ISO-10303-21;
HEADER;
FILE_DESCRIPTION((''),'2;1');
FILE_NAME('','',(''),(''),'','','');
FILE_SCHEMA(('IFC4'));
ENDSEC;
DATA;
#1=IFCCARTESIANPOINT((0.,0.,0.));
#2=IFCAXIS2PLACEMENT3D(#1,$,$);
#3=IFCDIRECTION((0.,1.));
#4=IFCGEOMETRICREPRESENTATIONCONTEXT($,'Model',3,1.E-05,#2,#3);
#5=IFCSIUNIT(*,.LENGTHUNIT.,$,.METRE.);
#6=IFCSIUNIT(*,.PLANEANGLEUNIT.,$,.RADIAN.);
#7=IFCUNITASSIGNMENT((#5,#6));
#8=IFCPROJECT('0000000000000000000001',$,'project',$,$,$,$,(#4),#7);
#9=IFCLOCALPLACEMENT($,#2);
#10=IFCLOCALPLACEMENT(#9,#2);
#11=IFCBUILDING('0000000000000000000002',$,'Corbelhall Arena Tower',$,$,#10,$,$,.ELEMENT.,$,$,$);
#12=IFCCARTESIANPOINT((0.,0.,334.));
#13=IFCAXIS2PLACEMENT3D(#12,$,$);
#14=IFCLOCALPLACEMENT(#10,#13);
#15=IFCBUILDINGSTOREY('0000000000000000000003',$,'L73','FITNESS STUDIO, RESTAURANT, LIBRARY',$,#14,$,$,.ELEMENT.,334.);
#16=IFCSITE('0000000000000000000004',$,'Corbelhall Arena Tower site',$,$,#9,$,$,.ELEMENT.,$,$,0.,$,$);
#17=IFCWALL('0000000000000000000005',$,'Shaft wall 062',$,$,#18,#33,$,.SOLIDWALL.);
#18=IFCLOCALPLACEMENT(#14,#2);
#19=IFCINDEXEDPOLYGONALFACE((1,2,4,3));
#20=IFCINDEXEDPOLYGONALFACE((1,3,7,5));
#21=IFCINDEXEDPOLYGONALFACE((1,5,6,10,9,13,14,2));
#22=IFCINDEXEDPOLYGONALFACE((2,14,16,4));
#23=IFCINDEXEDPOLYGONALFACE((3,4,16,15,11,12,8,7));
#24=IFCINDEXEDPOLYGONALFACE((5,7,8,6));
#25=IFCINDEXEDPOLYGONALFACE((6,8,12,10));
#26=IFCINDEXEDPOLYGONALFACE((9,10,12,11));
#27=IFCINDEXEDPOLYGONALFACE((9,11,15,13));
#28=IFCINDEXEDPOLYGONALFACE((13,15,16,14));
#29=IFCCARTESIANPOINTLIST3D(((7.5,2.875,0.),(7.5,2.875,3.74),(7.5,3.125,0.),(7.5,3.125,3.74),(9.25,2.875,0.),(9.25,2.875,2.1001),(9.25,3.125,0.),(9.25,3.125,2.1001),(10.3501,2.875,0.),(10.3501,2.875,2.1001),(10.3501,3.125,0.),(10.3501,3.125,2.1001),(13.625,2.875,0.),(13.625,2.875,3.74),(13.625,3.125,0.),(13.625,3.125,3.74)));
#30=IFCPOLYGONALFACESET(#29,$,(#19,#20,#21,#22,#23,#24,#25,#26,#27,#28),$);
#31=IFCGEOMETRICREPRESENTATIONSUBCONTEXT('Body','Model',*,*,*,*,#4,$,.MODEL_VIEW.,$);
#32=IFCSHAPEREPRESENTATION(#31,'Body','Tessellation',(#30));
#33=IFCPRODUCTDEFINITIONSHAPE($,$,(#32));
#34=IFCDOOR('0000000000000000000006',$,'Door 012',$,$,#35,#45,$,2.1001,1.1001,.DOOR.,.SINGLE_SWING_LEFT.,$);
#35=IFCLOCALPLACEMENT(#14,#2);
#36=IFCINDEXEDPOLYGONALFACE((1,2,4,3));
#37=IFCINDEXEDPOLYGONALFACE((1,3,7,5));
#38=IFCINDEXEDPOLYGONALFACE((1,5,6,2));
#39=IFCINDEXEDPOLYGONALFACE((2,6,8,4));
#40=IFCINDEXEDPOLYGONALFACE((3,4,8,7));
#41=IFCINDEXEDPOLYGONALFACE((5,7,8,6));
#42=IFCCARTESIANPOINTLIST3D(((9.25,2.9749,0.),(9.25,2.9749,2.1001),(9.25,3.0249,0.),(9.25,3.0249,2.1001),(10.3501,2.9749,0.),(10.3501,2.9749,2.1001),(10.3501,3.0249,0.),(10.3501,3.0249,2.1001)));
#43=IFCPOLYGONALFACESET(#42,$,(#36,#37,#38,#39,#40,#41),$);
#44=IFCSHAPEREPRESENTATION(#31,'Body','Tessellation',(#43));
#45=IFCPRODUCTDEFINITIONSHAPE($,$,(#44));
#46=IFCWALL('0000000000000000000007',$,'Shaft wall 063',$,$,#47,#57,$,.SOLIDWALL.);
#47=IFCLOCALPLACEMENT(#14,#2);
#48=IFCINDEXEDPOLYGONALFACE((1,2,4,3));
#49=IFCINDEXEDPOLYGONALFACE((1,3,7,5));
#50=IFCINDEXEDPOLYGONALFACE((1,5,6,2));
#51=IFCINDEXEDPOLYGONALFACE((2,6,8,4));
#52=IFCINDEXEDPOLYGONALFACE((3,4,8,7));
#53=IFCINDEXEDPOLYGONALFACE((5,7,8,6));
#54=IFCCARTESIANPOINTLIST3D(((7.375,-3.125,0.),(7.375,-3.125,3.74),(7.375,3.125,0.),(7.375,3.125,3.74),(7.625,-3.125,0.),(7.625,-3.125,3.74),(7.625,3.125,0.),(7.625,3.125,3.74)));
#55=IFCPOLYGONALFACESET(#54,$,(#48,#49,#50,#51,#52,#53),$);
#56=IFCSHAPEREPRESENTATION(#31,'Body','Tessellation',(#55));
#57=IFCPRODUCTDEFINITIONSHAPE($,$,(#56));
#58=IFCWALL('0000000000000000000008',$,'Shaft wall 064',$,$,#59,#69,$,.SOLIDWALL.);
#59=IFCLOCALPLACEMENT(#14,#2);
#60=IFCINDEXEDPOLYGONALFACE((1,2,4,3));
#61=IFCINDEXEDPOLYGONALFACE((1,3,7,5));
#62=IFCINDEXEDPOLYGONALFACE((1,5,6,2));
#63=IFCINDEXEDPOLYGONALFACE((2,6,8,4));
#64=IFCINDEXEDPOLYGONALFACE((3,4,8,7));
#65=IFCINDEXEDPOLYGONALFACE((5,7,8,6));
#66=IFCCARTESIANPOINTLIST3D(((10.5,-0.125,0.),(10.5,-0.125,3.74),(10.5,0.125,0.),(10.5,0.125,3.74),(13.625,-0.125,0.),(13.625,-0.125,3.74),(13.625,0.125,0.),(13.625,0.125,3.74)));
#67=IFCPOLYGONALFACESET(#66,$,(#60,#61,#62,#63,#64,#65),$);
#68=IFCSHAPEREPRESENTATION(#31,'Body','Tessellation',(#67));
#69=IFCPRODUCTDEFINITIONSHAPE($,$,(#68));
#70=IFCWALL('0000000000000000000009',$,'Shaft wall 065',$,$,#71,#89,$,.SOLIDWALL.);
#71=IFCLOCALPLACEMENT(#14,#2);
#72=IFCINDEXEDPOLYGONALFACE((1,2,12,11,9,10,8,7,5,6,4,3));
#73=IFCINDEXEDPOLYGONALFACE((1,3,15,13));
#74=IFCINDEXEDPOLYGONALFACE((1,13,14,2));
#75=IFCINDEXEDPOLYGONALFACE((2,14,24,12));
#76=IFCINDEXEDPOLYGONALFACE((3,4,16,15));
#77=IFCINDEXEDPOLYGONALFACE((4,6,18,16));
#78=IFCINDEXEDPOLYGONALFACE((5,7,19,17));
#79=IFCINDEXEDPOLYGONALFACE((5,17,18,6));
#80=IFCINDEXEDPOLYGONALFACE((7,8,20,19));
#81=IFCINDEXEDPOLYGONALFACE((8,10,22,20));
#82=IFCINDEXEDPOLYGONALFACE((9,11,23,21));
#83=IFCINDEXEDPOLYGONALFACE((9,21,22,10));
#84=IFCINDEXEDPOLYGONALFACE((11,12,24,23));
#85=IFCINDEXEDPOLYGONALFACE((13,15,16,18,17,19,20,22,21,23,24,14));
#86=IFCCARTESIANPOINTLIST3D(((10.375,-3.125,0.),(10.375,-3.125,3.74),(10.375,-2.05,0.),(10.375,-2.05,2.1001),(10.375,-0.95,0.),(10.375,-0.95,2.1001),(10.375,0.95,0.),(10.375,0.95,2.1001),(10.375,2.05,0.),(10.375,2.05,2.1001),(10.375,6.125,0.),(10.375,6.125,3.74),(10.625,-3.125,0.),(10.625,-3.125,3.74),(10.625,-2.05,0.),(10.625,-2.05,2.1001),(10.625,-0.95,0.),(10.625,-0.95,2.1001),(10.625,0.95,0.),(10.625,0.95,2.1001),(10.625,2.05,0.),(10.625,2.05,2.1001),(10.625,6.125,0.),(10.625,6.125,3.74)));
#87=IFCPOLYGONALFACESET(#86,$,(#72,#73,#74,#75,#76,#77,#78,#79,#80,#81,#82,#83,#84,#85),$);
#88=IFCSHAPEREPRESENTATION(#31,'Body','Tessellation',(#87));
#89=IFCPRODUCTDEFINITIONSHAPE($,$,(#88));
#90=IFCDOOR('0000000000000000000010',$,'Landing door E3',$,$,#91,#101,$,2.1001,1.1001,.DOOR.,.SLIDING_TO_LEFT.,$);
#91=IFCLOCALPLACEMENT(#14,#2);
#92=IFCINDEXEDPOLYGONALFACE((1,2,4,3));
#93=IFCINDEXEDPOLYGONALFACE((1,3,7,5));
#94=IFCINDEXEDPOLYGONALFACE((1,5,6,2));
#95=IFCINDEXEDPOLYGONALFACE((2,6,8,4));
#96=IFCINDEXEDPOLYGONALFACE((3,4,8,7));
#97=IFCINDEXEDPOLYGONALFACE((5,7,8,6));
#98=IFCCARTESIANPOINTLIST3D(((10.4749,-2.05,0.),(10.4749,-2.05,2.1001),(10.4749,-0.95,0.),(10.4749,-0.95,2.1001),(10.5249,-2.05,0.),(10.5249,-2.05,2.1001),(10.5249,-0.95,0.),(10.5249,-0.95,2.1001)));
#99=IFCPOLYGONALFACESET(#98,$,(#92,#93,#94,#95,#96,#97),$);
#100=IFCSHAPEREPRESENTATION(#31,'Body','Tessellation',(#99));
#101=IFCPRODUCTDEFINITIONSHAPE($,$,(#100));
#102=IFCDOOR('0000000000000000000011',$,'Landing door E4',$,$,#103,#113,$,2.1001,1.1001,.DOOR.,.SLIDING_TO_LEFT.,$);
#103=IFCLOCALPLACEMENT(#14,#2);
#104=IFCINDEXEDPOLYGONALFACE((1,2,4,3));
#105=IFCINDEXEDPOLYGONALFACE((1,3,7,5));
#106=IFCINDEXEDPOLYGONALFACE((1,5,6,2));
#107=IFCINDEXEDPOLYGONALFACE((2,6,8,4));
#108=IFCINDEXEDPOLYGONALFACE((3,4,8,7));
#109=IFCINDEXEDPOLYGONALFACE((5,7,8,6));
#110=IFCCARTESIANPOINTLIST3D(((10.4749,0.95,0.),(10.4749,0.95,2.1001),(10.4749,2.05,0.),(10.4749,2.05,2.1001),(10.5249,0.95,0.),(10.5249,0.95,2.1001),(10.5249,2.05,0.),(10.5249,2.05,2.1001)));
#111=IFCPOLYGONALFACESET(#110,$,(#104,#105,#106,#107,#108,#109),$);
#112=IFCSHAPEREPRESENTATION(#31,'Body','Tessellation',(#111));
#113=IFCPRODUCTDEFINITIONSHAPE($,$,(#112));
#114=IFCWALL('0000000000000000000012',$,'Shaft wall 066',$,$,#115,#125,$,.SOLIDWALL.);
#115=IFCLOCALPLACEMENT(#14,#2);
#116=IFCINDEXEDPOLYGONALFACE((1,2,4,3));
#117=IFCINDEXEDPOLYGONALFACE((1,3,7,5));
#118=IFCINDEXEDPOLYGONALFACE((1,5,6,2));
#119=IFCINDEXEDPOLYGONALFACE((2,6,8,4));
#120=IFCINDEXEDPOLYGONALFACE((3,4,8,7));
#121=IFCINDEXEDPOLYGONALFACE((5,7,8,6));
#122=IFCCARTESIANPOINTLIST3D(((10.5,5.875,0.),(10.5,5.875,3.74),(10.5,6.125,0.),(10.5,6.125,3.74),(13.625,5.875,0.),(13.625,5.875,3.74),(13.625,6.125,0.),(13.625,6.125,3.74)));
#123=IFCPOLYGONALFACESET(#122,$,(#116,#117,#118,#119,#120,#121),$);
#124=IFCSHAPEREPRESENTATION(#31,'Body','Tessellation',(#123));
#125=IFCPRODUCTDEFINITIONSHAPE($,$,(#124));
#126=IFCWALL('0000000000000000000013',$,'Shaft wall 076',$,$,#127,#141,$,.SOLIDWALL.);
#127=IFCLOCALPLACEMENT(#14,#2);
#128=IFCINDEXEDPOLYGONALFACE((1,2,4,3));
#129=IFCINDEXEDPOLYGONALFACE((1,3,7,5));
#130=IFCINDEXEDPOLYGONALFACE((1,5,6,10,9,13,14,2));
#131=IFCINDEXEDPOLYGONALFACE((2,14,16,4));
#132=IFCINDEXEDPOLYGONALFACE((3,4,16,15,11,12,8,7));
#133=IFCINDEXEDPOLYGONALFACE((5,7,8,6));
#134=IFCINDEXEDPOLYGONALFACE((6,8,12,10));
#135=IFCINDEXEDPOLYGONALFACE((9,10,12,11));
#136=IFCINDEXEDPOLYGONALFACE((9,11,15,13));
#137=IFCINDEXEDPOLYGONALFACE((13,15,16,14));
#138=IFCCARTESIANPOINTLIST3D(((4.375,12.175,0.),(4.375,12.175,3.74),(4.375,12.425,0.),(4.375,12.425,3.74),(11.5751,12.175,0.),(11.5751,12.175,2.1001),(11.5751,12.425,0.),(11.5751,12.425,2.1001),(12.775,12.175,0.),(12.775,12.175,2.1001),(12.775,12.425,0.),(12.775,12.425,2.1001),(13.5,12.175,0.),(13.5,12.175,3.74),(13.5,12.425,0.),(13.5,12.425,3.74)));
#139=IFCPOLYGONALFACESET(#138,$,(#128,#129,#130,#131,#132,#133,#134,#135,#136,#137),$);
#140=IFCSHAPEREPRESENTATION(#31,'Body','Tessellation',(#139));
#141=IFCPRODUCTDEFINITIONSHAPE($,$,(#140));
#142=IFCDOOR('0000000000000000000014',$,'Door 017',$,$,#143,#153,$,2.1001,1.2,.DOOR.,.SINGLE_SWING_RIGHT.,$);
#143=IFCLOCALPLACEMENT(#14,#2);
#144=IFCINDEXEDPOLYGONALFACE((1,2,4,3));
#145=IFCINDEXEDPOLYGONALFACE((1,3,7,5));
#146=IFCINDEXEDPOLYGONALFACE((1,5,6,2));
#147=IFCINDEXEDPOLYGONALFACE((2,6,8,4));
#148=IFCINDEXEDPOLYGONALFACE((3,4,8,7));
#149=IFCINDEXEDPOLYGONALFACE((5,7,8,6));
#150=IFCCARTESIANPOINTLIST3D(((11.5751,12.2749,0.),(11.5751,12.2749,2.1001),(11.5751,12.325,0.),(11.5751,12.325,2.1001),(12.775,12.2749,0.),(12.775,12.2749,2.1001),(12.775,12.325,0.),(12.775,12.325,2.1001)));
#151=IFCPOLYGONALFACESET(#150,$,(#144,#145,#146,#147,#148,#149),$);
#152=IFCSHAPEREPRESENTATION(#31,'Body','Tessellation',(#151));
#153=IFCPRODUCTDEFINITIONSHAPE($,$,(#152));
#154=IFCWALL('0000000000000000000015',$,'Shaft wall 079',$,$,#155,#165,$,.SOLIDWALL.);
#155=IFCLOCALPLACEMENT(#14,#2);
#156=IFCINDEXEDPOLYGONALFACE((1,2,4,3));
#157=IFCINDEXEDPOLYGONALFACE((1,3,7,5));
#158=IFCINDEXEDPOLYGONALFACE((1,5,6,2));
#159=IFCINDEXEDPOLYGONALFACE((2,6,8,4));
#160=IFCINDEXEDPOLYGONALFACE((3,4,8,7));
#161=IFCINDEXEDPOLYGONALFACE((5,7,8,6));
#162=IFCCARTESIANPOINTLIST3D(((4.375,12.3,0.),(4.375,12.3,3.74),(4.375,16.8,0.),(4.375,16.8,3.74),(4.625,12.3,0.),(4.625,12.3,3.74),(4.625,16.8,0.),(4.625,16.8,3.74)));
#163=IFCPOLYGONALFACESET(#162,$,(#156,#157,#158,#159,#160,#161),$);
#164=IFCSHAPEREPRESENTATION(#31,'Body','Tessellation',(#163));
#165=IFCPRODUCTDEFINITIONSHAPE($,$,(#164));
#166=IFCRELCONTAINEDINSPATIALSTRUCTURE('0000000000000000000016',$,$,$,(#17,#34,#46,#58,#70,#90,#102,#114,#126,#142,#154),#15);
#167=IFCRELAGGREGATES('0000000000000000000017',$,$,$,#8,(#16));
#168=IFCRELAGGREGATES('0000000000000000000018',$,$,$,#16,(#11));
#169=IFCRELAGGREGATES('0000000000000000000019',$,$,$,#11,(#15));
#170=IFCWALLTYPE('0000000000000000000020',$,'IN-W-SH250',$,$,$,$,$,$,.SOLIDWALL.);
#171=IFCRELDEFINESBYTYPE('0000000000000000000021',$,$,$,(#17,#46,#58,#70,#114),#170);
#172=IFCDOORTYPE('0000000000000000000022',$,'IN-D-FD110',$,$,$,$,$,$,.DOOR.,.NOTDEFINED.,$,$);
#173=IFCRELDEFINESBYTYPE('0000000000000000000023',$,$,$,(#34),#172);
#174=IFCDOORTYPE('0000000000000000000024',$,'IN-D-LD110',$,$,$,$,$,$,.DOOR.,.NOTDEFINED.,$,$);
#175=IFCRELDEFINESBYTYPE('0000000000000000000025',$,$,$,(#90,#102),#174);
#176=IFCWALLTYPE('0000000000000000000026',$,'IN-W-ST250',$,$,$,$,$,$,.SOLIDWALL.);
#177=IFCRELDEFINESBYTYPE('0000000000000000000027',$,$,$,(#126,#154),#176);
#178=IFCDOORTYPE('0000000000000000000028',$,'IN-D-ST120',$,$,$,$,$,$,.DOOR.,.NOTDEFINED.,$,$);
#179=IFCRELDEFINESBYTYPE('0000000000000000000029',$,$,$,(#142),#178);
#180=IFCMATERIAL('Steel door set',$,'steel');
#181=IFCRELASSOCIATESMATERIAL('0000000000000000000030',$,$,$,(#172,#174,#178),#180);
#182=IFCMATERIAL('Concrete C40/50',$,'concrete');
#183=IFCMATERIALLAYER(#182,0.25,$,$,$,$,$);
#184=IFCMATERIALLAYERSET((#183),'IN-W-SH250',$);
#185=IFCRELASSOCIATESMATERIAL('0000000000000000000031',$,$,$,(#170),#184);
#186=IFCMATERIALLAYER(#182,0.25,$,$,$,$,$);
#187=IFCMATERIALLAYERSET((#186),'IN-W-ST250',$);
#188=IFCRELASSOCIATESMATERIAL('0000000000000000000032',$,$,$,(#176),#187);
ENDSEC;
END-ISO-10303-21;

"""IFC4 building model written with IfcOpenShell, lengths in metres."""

from ifc_helpers import new_model, si_unit, direction, frame, frame_2d, origin, place, context, subcontext, project, spatial, rectangle, extrude, material, layer, layer_set, type_object, element, fill, save


model = new_model("IFC4")

# Units and contexts
model_context = context("Model", 3, precision=1e-05, world=origin(), true_north=direction((0.0, 1.0)))
body_context = subcontext(model_context, "Body", "Model", "MODEL_VIEW")
ifc_project = project(units=[si_unit("LENGTHUNIT", "METRE"), si_unit("PLANEANGLEUNIT", "RADIAN")], contexts=[model_context])

# Site, building, storey
site_placement = place(None, origin())
site = spatial("IfcSite", under=ifc_project, at=site_placement, Name="Corbelhall Arena Tower site", CompositionType="ELEMENT", RefElevation=0.0)
building_placement = place(site_placement, origin())
building = spatial("IfcBuilding", under=site, at=building_placement, Name="Corbelhall Arena Tower", CompositionType="ELEMENT")
storey_placement = place(building_placement, frame((0.0, 0.0, 334.0)))
storey = spatial("IfcBuildingStorey", under=building, at=storey_placement, Name="L73", Description="FITNESS STUDIO, RESTAURANT, LIBRARY", CompositionType="ELEMENT", Elevation=334.0)

# Shared definitions
ifc_material_1 = material(Name="Concrete C40/50", Category="concrete")

# Shared definitions
ifc_material_2 = material(Name="Steel door set", Category="steel")
door_type_1 = type_object("IfcDoorType", Name="IN-D-FD110", OperationType="NOTDEFINED", PredefinedType="DOOR", material=ifc_material_2)

# Wall, opening, door
ifc_layer_1 = layer(ifc_material_1, 0.25)
ifc_layer_set_1 = layer_set([ifc_layer_1], Name="IN-W-SH250")
wall_type_1 = type_object("IfcWallType", Name="IN-W-SH250", PredefinedType="SOLIDWALL", material=ifc_layer_set_1)
wall_1_placement = place(storey_placement, frame((7.5, 3.0, 0.0), z_axis=(0.0, 0.0, 1.0), x_axis=(1.0, 0.0, 0.0)))
wall_1 = element("IfcWall", 1, at=wall_1_placement, inside=storey, type_object=wall_type_1, Name="Shaft wall 062", PredefinedType="SOLIDWALL", context=body_context, shape_type="SweptSolid", body=[
    extrude(rectangle(XDim=6.125, YDim=0.25, at=frame_2d((3.0625, 0.0))), origin(), (0.0, 0.0, 1.0), 3.74),
])
opening_1_placement = place(wall_1_placement, frame((1.75, 0.0, 0.0)))
opening_1 = element("IfcOpeningElement", 2, at=opening_1_placement, cuts=wall_1, PredefinedType="OPENING", context=body_context, shape_type="SweptSolid", body=[
    extrude(rectangle(XDim=1.1001, YDim=2.1001, at=frame_2d((0.55, 1.05))), frame((0.0, 0.125, 0.0), z_axis=(0.0, -1.0, 0.0), x_axis=(1.0, 0.0, 0.0)), (0.0, 0.0, 1.0), 0.25),
])
door_1_placement = place(opening_1_placement, origin())
door_1 = element("IfcDoor", 3, at=door_1_placement, inside=storey, type_object=door_type_1, Name="Door 012", OperationType="SINGLE_SWING_LEFT", OverallHeight=2.1001, OverallWidth=1.1001, PredefinedType="DOOR", context=body_context, shape_type="SweptSolid", body=[
    extrude(rectangle(XDim=1.1001, YDim=2.1001, at=frame_2d((0.55, 1.05))), frame((0.0, 0.0249, 0.0), z_axis=(0.0, -1.0, 0.0), x_axis=(1.0, 0.0, 0.0)), (0.0, 0.0, 1.0), 0.05),
])
fill(opening_1, door_1)

# Walls
wall_2_placement = place(storey_placement, frame((7.5, 3.125, 0.0), z_axis=(0.0, 0.0, 1.0), x_axis=(0.0, -1.0, 0.0)))
element("IfcWall", 4, at=wall_2_placement, inside=storey, type_object=wall_type_1, Name="Shaft wall 063", PredefinedType="SOLIDWALL", context=body_context, shape_type="SweptSolid", body=[
    extrude(rectangle(XDim=6.25, YDim=0.25, at=frame_2d((3.125, 0.0))), origin(), (0.0, 0.0, 1.0), 3.74),
])
wall_3_placement = place(storey_placement, frame((10.5, 0.0, 0.0), z_axis=(0.0, 0.0, 1.0), x_axis=(1.0, 0.0, 0.0)))
element("IfcWall", 5, at=wall_3_placement, inside=storey, type_object=wall_type_1, Name="Shaft wall 064", PredefinedType="SOLIDWALL", context=body_context, shape_type="SweptSolid", body=[
    extrude(rectangle(XDim=3.125, YDim=0.25, at=frame_2d((1.5625, 0.0))), origin(), (0.0, 0.0, 1.0), 3.74),
])

# Wall, openings, doors
wall_4_placement = place(storey_placement, frame((10.5, 6.125, 0.0), z_axis=(0.0, 0.0, 1.0), x_axis=(0.0, -1.0, 0.0)))
wall_4 = element("IfcWall", 6, at=wall_4_placement, inside=storey, type_object=wall_type_1, Name="Shaft wall 065", PredefinedType="SOLIDWALL", context=body_context, shape_type="SweptSolid", body=[
    extrude(rectangle(XDim=9.25, YDim=0.25, at=frame_2d((4.625, 0.0))), origin(), (0.0, 0.0, 1.0), 3.74),
])
opening_2_placement = place(wall_4_placement, frame((7.075, 0.0, 0.0)))
opening_2 = element("IfcOpeningElement", 7, at=opening_2_placement, cuts=wall_4, PredefinedType="OPENING", context=body_context, shape_type="SweptSolid", body=[
    extrude(rectangle(XDim=1.1001, YDim=2.1001, at=frame_2d((0.55, 1.05))), frame((0.0, 0.125, 0.0), z_axis=(0.0, -1.0, 0.0), x_axis=(1.0, 0.0, 0.0)), (0.0, 0.0, 1.0), 0.25),
])
opening_3_placement = place(wall_4_placement, frame((4.075, 0.0, 0.0)))
opening_3 = element("IfcOpeningElement", 8, at=opening_3_placement, cuts=wall_4, PredefinedType="OPENING", context=body_context, shape_type="SweptSolid", body=[
    extrude(rectangle(XDim=1.1001, YDim=2.1001, at=frame_2d((0.55, 1.05))), frame((0.0, 0.125, 0.0), z_axis=(0.0, -1.0, 0.0), x_axis=(1.0, 0.0, 0.0)), (0.0, 0.0, 1.0), 0.25),
])
door_type_2 = type_object("IfcDoorType", Name="IN-D-LD110", OperationType="NOTDEFINED", PredefinedType="DOOR", material=ifc_material_2)
door_2_placement = place(opening_2_placement, origin())
door_2 = element("IfcDoor", 9, at=door_2_placement, inside=storey, type_object=door_type_2, Name="Landing door E3", OperationType="SLIDING_TO_LEFT", OverallHeight=2.1001, OverallWidth=1.1001, PredefinedType="DOOR", context=body_context, shape_type="SweptSolid", body=[
    extrude(rectangle(XDim=1.1001, YDim=2.1001, at=frame_2d((0.55, 1.05))), frame((0.0, 0.0249, 0.0), z_axis=(0.0, -1.0, 0.0), x_axis=(1.0, 0.0, 0.0)), (0.0, 0.0, 1.0), 0.05),
])
fill(opening_2, door_2)
door_3_placement = place(opening_3_placement, origin())
door_3 = element("IfcDoor", 10, at=door_3_placement, inside=storey, type_object=door_type_2, Name="Landing door E4", OperationType="SLIDING_TO_LEFT", OverallHeight=2.1001, OverallWidth=1.1001, PredefinedType="DOOR", context=body_context, shape_type="SweptSolid", body=[
    extrude(rectangle(XDim=1.1001, YDim=2.1001, at=frame_2d((0.55, 1.05))), frame((0.0, 0.0249, 0.0), z_axis=(0.0, -1.0, 0.0), x_axis=(1.0, 0.0, 0.0)), (0.0, 0.0, 1.0), 0.05),
])
fill(opening_3, door_3)

# Wall
wall_5_placement = place(storey_placement, frame((10.5, 6.0, 0.0), z_axis=(0.0, 0.0, 1.0), x_axis=(1.0, 0.0, 0.0)))
element("IfcWall", 11, at=wall_5_placement, inside=storey, type_object=wall_type_1, Name="Shaft wall 066", PredefinedType="SOLIDWALL", context=body_context, shape_type="SweptSolid", body=[
    extrude(rectangle(XDim=3.125, YDim=0.25, at=frame_2d((1.5625, 0.0))), origin(), (0.0, 0.0, 1.0), 3.74),
])

# Wall, opening, door
ifc_layer_2 = layer(ifc_material_1, 0.25)
ifc_layer_set_2 = layer_set([ifc_layer_2], Name="IN-W-ST250")
wall_type_2 = type_object("IfcWallType", Name="IN-W-ST250", PredefinedType="SOLIDWALL", material=ifc_layer_set_2)
wall_6_placement = place(storey_placement, frame((4.375, 12.3, 0.0), z_axis=(0.0, 0.0, 1.0), x_axis=(1.0, 0.0, 0.0)))
wall_6 = element("IfcWall", 12, at=wall_6_placement, inside=storey, type_object=wall_type_2, Name="Shaft wall 076", PredefinedType="SOLIDWALL", context=body_context, shape_type="SweptSolid", body=[
    extrude(rectangle(XDim=9.125, YDim=0.25, at=frame_2d((4.5625, 0.0))), origin(), (0.0, 0.0, 1.0), 3.74),
])
opening_4_placement = place(wall_6_placement, frame((7.2, 0.0, 0.0)))
opening_4 = element("IfcOpeningElement", 13, at=opening_4_placement, cuts=wall_6, PredefinedType="OPENING", context=body_context, shape_type="SweptSolid", body=[
    extrude(rectangle(XDim=1.2, YDim=2.1001, at=frame_2d((0.6001, 1.05))), frame((0.0, 0.125, 0.0), z_axis=(0.0, -1.0, 0.0), x_axis=(1.0, 0.0, 0.0)), (0.0, 0.0, 1.0), 0.25),
])
door_type_3 = type_object("IfcDoorType", Name="IN-D-ST120", OperationType="NOTDEFINED", PredefinedType="DOOR", material=ifc_material_2)
door_4_placement = place(opening_4_placement, origin())
door_4 = element("IfcDoor", 14, at=door_4_placement, inside=storey, type_object=door_type_3, Name="Door 017", OperationType="SINGLE_SWING_RIGHT", OverallHeight=2.1001, OverallWidth=1.2, PredefinedType="DOOR", context=body_context, shape_type="SweptSolid", body=[
    extrude(rectangle(XDim=1.2, YDim=2.1001, at=frame_2d((0.6001, 1.05))), frame((0.0, 0.0249, 0.0), z_axis=(0.0, -1.0, 0.0), x_axis=(1.0, 0.0, 0.0)), (0.0, 0.0, 1.0), 0.05),
])
fill(opening_4, door_4)

# Wall
wall_7_placement = place(storey_placement, frame((4.5, 12.3, 0.0), z_axis=(0.0, 0.0, 1.0), x_axis=(0.0, 1.0, 0.0)))
element("IfcWall", 15, at=wall_7_placement, inside=storey, type_object=wall_type_2, Name="Shaft wall 079", PredefinedType="SOLIDWALL", context=body_context, shape_type="SweptSolid", body=[
    extrude(rectangle(XDim=4.5, YDim=0.25, at=frame_2d((2.25, 0.0))), origin(), (0.0, 0.0, 1.0), 3.74),
])

save(model, "model.ifc")
